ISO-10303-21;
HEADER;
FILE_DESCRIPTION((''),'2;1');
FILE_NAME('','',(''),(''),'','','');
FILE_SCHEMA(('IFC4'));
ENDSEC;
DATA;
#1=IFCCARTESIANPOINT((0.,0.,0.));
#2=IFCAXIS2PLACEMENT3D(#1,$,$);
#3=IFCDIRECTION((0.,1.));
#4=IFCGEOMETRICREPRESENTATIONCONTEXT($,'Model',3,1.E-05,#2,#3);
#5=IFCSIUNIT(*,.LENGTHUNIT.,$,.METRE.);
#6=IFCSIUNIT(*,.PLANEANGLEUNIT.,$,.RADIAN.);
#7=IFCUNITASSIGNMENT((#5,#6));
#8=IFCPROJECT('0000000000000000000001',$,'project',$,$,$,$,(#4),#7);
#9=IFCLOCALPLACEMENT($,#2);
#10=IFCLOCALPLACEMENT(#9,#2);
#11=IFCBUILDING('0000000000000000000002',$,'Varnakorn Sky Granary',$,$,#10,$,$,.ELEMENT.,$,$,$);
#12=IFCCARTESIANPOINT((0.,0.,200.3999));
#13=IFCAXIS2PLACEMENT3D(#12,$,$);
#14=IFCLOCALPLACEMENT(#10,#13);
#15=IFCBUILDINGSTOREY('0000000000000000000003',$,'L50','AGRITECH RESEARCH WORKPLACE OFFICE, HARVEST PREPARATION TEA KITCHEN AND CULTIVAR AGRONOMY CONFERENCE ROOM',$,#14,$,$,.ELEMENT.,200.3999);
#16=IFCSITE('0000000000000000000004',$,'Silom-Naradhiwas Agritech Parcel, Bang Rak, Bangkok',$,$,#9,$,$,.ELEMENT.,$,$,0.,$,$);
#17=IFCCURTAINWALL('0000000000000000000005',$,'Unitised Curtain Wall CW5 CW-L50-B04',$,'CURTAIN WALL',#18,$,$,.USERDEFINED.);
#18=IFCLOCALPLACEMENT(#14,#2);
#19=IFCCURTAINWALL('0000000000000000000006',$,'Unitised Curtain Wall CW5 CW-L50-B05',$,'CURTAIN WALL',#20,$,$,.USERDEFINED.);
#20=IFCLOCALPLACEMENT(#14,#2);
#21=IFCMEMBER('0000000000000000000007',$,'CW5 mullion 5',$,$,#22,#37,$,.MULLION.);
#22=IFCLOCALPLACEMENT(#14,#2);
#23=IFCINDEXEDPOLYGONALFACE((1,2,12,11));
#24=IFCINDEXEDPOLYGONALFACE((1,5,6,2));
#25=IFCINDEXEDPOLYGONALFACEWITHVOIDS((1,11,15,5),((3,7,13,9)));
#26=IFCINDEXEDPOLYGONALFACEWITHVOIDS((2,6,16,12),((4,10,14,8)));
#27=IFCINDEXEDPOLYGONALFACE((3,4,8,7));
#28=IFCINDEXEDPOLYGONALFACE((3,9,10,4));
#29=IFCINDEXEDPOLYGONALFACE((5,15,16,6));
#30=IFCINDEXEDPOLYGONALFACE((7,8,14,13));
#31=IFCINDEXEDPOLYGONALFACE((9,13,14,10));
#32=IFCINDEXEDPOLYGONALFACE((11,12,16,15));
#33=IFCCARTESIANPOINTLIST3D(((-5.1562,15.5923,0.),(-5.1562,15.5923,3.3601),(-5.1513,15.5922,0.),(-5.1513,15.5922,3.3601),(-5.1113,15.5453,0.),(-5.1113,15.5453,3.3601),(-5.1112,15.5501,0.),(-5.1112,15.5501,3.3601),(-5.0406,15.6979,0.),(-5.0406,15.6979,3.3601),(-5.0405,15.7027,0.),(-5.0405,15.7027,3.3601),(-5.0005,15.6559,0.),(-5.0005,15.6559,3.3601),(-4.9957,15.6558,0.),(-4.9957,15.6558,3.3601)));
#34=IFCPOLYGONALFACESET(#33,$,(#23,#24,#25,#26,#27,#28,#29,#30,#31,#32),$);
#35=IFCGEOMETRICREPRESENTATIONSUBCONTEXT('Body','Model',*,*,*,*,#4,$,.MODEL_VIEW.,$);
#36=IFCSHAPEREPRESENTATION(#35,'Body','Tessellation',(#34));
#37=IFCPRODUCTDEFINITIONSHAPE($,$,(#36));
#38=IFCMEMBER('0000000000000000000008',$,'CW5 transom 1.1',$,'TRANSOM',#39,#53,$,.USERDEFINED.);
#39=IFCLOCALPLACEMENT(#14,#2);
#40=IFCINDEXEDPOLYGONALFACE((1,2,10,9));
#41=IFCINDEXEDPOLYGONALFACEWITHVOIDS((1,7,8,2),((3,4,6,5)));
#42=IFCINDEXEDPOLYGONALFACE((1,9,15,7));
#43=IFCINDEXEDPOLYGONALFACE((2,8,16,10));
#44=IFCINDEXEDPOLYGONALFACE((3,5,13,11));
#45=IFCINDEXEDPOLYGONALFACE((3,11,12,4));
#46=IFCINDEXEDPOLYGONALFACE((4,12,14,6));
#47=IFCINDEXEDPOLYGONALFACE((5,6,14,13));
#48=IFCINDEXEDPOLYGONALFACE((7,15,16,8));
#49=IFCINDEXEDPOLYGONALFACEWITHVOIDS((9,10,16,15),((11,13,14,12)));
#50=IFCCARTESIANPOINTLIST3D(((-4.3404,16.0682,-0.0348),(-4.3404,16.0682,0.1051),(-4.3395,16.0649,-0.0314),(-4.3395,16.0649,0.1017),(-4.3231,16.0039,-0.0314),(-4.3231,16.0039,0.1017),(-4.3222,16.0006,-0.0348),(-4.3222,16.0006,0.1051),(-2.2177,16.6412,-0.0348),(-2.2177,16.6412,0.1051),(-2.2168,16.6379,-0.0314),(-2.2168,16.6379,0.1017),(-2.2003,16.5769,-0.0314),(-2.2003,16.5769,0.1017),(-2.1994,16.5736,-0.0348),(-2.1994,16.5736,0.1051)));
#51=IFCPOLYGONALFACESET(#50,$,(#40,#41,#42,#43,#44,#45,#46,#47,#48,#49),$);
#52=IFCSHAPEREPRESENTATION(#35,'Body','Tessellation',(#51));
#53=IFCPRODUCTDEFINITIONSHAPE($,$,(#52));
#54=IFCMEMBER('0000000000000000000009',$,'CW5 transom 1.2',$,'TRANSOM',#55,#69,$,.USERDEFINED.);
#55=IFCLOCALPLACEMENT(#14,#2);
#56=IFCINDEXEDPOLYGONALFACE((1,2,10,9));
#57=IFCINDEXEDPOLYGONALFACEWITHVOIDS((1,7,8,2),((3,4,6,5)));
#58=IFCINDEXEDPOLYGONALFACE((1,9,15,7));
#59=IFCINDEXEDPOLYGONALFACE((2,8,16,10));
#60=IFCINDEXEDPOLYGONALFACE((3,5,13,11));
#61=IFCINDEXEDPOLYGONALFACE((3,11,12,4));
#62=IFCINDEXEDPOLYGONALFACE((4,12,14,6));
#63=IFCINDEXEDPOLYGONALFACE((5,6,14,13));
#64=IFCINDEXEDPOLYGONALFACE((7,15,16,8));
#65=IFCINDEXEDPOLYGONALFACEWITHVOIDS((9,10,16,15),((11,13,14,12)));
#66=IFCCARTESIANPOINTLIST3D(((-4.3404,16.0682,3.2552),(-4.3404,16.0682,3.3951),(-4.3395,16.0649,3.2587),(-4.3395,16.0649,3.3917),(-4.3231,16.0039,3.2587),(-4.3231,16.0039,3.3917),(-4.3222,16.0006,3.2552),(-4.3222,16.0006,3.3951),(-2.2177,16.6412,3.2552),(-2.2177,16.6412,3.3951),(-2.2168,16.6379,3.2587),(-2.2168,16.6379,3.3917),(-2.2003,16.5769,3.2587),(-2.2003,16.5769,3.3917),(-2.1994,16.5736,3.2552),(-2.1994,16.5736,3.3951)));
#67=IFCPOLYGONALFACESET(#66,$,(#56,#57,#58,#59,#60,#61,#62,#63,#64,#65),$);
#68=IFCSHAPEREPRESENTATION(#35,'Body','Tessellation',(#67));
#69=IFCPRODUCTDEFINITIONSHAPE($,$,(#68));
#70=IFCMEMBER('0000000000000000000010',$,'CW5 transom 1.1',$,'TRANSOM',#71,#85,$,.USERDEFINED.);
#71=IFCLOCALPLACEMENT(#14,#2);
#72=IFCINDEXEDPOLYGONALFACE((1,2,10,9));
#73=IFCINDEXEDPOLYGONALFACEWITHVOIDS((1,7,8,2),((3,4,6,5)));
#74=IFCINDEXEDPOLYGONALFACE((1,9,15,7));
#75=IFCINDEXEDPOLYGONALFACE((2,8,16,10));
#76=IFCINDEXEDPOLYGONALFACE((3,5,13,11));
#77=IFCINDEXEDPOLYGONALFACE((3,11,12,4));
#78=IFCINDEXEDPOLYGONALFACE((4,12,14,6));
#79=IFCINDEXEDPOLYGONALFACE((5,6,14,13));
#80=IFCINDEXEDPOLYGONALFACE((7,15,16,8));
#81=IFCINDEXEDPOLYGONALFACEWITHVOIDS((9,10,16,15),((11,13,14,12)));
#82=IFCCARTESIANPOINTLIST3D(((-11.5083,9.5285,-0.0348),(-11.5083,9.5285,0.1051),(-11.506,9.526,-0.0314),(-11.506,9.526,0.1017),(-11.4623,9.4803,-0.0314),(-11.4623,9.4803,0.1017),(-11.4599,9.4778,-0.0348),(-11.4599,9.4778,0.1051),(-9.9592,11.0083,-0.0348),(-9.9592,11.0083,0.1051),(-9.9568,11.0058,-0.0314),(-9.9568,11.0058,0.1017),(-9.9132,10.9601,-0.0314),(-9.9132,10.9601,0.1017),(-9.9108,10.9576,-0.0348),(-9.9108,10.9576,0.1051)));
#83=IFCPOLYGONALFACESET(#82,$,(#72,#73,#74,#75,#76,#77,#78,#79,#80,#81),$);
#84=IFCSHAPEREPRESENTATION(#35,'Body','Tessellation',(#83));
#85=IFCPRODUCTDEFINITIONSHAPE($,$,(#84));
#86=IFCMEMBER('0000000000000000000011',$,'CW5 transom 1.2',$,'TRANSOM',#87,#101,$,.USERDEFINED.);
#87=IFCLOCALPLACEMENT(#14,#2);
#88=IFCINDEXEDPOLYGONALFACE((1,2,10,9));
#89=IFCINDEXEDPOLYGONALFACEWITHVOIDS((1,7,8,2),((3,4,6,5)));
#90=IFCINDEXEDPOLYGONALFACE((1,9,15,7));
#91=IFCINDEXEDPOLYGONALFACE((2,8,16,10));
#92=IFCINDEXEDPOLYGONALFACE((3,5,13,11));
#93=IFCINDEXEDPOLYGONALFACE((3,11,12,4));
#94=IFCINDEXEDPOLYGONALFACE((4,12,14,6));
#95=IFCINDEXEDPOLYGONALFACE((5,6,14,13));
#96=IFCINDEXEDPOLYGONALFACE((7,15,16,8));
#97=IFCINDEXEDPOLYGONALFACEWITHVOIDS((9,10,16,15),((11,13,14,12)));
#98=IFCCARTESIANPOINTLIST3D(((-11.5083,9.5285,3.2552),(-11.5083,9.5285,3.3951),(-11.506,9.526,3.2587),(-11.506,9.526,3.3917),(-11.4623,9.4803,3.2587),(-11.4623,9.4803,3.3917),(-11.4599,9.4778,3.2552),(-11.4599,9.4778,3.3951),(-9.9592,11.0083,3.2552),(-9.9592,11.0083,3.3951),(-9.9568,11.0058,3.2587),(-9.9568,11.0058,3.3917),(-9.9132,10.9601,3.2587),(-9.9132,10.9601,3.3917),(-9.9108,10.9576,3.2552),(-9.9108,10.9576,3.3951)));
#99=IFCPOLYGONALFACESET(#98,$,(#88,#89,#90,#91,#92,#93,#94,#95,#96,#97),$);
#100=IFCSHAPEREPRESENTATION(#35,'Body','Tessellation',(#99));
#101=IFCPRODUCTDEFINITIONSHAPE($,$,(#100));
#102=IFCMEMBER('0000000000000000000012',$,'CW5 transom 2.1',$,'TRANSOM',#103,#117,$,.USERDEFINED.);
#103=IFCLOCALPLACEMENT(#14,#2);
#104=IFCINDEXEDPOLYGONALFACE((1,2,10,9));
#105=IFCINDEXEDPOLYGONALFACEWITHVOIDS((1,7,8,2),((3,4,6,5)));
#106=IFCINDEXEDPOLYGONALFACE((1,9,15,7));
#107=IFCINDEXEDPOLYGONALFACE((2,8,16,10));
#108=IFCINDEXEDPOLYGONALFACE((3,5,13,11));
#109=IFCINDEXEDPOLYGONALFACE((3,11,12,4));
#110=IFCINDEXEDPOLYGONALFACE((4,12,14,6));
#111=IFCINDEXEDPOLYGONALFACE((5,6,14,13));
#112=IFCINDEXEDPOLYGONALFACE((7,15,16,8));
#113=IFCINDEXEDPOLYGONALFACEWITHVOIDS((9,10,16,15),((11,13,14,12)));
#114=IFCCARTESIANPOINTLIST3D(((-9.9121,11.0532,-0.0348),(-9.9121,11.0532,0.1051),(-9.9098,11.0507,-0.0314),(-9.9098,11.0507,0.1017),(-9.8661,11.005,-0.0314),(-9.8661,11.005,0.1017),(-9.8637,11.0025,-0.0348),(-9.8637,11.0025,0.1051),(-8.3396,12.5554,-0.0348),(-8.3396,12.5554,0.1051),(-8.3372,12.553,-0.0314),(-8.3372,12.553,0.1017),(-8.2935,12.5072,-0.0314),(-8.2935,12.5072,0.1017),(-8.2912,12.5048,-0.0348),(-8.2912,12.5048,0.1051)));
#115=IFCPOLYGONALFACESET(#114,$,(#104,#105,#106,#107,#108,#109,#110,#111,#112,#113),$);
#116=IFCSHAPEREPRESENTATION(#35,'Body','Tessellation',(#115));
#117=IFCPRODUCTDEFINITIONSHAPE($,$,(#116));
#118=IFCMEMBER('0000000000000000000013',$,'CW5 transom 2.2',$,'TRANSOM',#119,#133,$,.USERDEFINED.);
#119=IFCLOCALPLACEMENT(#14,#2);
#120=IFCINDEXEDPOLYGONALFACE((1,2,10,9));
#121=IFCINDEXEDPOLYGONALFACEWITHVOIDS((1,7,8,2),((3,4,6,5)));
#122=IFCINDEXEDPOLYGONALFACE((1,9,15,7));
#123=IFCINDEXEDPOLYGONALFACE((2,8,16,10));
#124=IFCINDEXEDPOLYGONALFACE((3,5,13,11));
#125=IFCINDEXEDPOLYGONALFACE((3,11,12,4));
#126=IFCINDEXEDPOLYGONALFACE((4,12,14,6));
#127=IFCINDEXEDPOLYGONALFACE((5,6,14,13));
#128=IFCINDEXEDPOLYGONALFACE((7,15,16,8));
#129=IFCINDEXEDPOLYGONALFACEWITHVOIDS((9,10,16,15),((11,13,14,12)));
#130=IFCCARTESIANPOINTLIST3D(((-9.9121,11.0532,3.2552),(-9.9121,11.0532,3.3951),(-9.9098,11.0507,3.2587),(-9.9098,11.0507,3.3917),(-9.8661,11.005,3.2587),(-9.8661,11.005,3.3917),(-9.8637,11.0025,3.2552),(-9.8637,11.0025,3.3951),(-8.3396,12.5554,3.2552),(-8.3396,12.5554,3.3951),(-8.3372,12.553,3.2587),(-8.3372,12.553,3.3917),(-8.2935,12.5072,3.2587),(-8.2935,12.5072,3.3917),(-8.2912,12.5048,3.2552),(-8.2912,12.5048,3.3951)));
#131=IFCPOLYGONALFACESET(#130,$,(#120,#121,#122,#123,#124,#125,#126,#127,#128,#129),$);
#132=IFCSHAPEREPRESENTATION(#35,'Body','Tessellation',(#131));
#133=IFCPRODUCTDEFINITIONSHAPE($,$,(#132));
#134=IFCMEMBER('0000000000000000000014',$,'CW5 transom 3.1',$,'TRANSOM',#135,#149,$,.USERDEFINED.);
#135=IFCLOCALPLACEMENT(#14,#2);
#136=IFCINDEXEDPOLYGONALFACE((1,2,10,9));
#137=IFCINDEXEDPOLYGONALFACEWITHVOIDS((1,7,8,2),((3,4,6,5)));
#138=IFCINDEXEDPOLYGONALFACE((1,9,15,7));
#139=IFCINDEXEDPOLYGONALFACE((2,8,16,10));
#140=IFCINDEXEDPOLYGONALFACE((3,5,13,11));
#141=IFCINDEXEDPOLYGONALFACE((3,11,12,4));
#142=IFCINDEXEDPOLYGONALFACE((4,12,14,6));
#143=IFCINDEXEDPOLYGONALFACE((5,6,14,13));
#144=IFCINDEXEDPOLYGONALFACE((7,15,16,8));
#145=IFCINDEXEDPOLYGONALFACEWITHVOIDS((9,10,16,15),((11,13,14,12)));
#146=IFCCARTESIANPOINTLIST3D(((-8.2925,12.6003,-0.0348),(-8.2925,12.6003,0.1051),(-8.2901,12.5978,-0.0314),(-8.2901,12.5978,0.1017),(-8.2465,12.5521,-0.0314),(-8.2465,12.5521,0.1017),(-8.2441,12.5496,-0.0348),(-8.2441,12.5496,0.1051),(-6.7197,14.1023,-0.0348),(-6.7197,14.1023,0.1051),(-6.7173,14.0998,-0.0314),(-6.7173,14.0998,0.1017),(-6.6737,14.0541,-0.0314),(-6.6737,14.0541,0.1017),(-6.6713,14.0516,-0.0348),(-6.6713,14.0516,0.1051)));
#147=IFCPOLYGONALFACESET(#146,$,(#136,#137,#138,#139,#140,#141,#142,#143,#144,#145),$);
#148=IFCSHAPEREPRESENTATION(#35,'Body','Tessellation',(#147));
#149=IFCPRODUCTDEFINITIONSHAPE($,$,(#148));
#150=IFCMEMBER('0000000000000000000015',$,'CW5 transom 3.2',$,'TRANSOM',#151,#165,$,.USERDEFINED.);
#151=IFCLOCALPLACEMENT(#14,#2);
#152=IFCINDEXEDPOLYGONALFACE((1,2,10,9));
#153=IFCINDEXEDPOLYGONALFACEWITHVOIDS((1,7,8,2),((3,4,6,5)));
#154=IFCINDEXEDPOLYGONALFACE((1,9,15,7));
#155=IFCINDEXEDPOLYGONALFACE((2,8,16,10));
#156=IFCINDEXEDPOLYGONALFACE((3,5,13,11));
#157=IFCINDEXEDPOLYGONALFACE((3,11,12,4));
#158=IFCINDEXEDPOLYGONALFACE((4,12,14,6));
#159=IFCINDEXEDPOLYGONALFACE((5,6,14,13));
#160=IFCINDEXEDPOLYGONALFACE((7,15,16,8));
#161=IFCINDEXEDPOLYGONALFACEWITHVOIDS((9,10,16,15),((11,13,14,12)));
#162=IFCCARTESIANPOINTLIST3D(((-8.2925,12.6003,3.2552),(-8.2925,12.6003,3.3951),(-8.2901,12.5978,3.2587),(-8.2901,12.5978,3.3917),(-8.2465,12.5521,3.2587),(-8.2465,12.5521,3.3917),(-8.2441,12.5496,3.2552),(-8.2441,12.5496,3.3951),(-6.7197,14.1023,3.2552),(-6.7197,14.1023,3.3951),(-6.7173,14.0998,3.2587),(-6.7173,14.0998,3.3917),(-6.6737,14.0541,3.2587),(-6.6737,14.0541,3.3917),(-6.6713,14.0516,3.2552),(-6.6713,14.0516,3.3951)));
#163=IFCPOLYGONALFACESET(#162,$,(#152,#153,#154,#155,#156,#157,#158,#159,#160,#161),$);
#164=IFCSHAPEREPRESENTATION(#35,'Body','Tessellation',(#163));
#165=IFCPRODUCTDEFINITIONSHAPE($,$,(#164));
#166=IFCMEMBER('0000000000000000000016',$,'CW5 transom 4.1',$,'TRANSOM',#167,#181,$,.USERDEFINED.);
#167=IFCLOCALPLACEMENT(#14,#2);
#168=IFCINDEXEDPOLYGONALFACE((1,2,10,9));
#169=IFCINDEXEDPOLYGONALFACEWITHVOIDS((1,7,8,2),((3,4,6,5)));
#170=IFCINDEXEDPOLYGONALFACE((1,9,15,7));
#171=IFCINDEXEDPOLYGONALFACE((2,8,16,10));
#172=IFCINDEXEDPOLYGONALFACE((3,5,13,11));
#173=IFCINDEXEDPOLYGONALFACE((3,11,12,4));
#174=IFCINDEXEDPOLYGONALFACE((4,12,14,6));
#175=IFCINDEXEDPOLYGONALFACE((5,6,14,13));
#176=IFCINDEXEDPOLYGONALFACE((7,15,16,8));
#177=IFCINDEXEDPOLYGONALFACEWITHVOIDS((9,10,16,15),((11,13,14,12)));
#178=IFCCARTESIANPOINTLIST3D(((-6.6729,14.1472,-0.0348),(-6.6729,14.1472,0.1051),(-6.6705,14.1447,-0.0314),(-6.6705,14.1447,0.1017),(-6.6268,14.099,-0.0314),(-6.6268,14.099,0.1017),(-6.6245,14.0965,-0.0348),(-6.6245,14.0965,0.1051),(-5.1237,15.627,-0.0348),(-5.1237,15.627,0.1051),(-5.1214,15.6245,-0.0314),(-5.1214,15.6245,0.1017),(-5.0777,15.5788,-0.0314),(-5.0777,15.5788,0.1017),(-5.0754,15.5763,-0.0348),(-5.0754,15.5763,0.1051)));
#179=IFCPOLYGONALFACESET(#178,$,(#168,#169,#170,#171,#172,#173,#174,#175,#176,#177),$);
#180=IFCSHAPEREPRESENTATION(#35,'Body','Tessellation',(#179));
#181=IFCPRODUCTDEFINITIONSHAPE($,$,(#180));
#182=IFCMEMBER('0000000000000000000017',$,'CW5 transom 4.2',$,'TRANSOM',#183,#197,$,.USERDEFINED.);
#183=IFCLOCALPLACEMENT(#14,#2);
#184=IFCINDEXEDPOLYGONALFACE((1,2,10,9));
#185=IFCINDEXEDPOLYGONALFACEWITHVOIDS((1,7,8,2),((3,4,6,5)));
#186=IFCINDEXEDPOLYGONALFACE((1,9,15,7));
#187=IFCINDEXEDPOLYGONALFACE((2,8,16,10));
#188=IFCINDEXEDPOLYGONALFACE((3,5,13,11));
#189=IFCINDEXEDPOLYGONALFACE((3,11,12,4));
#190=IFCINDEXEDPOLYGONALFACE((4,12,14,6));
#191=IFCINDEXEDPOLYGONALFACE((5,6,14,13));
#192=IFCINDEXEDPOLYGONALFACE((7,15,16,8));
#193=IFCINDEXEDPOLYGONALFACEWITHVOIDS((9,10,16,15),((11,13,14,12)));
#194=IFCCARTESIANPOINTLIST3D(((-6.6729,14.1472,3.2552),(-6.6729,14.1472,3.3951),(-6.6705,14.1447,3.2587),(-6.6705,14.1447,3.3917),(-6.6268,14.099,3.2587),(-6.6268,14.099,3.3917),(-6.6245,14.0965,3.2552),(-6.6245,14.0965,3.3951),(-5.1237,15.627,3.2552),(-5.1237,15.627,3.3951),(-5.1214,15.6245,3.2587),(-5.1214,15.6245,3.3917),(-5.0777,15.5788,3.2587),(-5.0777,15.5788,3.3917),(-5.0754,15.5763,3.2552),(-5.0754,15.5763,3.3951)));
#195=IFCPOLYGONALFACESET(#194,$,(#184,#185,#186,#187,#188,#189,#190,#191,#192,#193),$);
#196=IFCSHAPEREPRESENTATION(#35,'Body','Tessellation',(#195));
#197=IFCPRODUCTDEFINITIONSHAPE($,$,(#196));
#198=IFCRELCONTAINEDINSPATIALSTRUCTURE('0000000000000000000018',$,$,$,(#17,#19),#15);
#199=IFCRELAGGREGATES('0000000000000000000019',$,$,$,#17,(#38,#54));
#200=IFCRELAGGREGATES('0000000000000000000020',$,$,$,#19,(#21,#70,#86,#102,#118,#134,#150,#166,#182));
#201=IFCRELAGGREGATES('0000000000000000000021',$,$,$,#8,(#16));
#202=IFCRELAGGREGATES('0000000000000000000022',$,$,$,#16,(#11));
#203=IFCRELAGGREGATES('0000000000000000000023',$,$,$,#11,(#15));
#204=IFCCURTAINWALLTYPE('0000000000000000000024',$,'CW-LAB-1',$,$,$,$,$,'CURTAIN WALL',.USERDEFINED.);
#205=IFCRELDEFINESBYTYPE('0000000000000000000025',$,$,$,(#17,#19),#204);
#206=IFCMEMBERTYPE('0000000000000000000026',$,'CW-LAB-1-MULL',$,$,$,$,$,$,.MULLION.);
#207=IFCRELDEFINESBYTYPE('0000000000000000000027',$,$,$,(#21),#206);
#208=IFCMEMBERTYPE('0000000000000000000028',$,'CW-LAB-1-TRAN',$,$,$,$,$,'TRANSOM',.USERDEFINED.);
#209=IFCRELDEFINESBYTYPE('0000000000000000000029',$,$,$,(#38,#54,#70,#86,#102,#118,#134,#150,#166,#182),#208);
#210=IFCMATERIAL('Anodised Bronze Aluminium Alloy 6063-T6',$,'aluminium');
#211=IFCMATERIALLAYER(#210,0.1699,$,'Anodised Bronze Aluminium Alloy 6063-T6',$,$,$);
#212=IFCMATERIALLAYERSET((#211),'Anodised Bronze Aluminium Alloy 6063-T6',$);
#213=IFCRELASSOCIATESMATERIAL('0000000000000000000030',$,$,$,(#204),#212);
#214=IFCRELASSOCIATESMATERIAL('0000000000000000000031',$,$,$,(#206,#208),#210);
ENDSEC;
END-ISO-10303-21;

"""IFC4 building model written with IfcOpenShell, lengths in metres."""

from ifc_helpers import new_model, si_unit, direction, frame, origin, origin_2d, place, context, subcontext, project, spatial, hollow_rectangle, extrude, material, layer, layer_set, material_profile, profile_set, type_object, element, aggregate, save


model = new_model("IFC4")

# Units and contexts
model_context = context("Model", 3, precision=1e-05, world=origin(), true_north=direction((0.0, 1.0)))
body_context = subcontext(model_context, "Body", "Model", "MODEL_VIEW")
ifc_project = project(units=[si_unit("LENGTHUNIT", "METRE"), si_unit("PLANEANGLEUNIT", "RADIAN")], contexts=[model_context])

# Site, building, storey
site_placement = place(None, origin())
site = spatial("IfcSite", under=ifc_project, at=site_placement, Name="Silom-Naradhiwas Agritech Parcel, Bang Rak, Bangkok", CompositionType="ELEMENT", RefElevation=0.0)
building_placement = place(site_placement, origin())
building = spatial("IfcBuilding", under=site, at=building_placement, Name="Varnakorn Sky Granary", CompositionType="ELEMENT")
storey_placement = place(building_placement, frame((0.0, 0.0, 200.3999)))
storey = spatial("IfcBuildingStorey", under=building, at=storey_placement, Name="L50", Description="AGRITECH RESEARCH WORKPLACE OFFICE, HARVEST PREPARATION TEA KITCHEN AND CULTIVAR AGRONOMY CONFERENCE ROOM", CompositionType="ELEMENT", Elevation=200.3999)

# Curtain wall
ifc_material_1 = material(Name="Anodised Bronze Aluminium Alloy 6063-T6", Category="aluminium")
ifc_layer_1 = layer(ifc_material_1, 0.1699, Name="Anodised Bronze Aluminium Alloy 6063-T6")
ifc_layer_set_1 = layer_set([ifc_layer_1], Name="Anodised Bronze Aluminium Alloy 6063-T6")
curtain_wall_type = type_object("IfcCurtainWallType", Name="CW-LAB-1", ElementType="CURTAIN WALL", PredefinedType="USERDEFINED", material=ifc_layer_set_1)
curtain_wall_1_placement = place(storey_placement, origin())
curtain_wall_1 = element("IfcCurtainWall", 1, at=curtain_wall_1_placement, inside=storey, type_object=curtain_wall_type, Name="Unitised Curtain Wall CW5 CW-L50-B04", ObjectType="CURTAIN WALL", PredefinedType="USERDEFINED")
ifc_material_profile_1 = material_profile(ifc_material_1, hollow_rectangle(XDim=0.0649, YDim=0.1599, WallThickness=0.0034, at=origin_2d()), Name="ALU MULL 65x160")
ifc_profile_set_1 = profile_set([ifc_material_profile_1], Name="Anodised Bronze Aluminium Alloy 6063-T6")
member_type_1 = type_object("IfcMemberType", Name="CW-LAB-1-MULL", PredefinedType="MULLION", material=ifc_profile_set_1)

# Curtain wall, member
curtain_wall_2_placement = place(storey_placement, origin())
curtain_wall_2 = element("IfcCurtainWall", 2, at=curtain_wall_2_placement, inside=storey, type_object=curtain_wall_type, Name="Unitised Curtain Wall CW5 CW-L50-B05", ObjectType="CURTAIN WALL", PredefinedType="USERDEFINED")
member_1_placement = place(storey_placement, frame((-5.0759, 15.624, 0.0), z_axis=(0.0, 0.0, 1.0), x_axis=(-0.690697, 0.723144, 0.0)))
member_1 = element("IfcMember", 3, at=member_1_placement, type_object=member_type_1, Name="CW5 mullion 5", PredefinedType="MULLION", context=body_context, shape_type="SweptSolid", body=[
    extrude(hollow_rectangle(XDim=0.0649, YDim=0.1599, WallThickness=0.0034, at=origin_2d()), origin(), (0.0, 0.0, 1.0), 3.3601),
])

# Members
ifc_material_profile_2 = material_profile(ifc_material_1, hollow_rectangle(XDim=0.0701, YDim=0.1399, WallThickness=0.0034, at=origin_2d()), Name="ALU TRAN 70x140")
ifc_profile_set_2 = profile_set([ifc_material_profile_2], Name="Anodised Bronze Aluminium Alloy 6063-T6")
member_type_2 = type_object("IfcMemberType", Name="CW-LAB-1-TRAN", ElementType="TRANSOM", PredefinedType="USERDEFINED", material=ifc_profile_set_2)
member_2_placement = place(storey_placement, frame((-4.3313, 16.0344, 0.0352), z_axis=(0.965447, 0.260599, 0.0), x_axis=(-0.260599, 0.965447, 0.0)))
member_2 = element("IfcMember", 4, at=member_2_placement, type_object=member_type_2, Name="CW5 transom 1.1", ObjectType="TRANSOM", PredefinedType="USERDEFINED", context=body_context, shape_type="SweptSolid", body=[
    extrude(hollow_rectangle(XDim=0.0701, YDim=0.1399, WallThickness=0.0034, at=origin_2d()), origin(), (0.0, 0.0, 1.0), 2.1987),
])
member_3_placement = place(storey_placement, frame((-4.3313, 16.0344, 3.3252), z_axis=(0.965447, 0.260599, 0.0), x_axis=(-0.260599, 0.965447, 0.0)))
member_3 = element("IfcMember", 5, at=member_3_placement, type_object=member_type_2, Name="CW5 transom 1.2", ObjectType="TRANSOM", PredefinedType="USERDEFINED", context=body_context, shape_type="SweptSolid", body=[
    extrude(hollow_rectangle(XDim=0.0701, YDim=0.1399, WallThickness=0.0034, at=origin_2d()), origin(), (0.0, 0.0, 1.0), 2.1987),
])
aggregate(curtain_wall_1, [member_2, member_3])
member_4_placement = place(storey_placement, frame((-11.4841, 9.5032, 0.0352), z_axis=(0.723105, 0.690739, 0.0), x_axis=(-0.690739, 0.723105, 0.0)))
member_4 = element("IfcMember", 6, at=member_4_placement, type_object=member_type_2, Name="CW5 transom 1.1", ObjectType="TRANSOM", PredefinedType="USERDEFINED", context=body_context, shape_type="SweptSolid", body=[
    extrude(hollow_rectangle(XDim=0.0701, YDim=0.1399, WallThickness=0.0034, at=origin_2d()), origin(), (0.0, 0.0, 1.0), 2.1423),
])
member_5_placement = place(storey_placement, frame((-11.4841, 9.5032, 3.3252), z_axis=(0.723105, 0.690739, 0.0), x_axis=(-0.690739, 0.723105, 0.0)))
member_5 = element("IfcMember", 7, at=member_5_placement, type_object=member_type_2, Name="CW5 transom 1.2", ObjectType="TRANSOM", PredefinedType="USERDEFINED", context=body_context, shape_type="SweptSolid", body=[
    extrude(hollow_rectangle(XDim=0.0701, YDim=0.1399, WallThickness=0.0034, at=origin_2d()), origin(), (0.0, 0.0, 1.0), 2.1423),
])
member_6_placement = place(storey_placement, frame((-9.8879, 11.0278, 0.0352), z_axis=(0.723088, 0.690756, 0.0), x_axis=(-0.690756, 0.723088, 0.0)))
member_6 = element("IfcMember", 8, at=member_6_placement, type_object=member_type_2, Name="CW5 transom 2.1", ObjectType="TRANSOM", PredefinedType="USERDEFINED", context=body_context, shape_type="SweptSolid", body=[
    extrude(hollow_rectangle(XDim=0.0701, YDim=0.1399, WallThickness=0.0034, at=origin_2d()), origin(), (0.0, 0.0, 1.0), 2.1748),
])
member_7_placement = place(storey_placement, frame((-9.8879, 11.0278, 3.3252), z_axis=(0.723088, 0.690756, 0.0), x_axis=(-0.690756, 0.723088, 0.0)))
member_7 = element("IfcMember", 9, at=member_7_placement, type_object=member_type_2, Name="CW5 transom 2.2", ObjectType="TRANSOM", PredefinedType="USERDEFINED", context=body_context, shape_type="SweptSolid", body=[
    extrude(hollow_rectangle(XDim=0.0701, YDim=0.1399, WallThickness=0.0034, at=origin_2d()), origin(), (0.0, 0.0, 1.0), 2.1748),
])
member_8_placement = place(storey_placement, frame((-8.2683, 12.575, 0.0352), z_axis=(0.723198, 0.690641, 0.0), x_axis=(-0.690641, 0.723198, 0.0)))
member_8 = element("IfcMember", 10, at=member_8_placement, type_object=member_type_2, Name="CW5 transom 3.1", ObjectType="TRANSOM", PredefinedType="USERDEFINED", context=body_context, shape_type="SweptSolid", body=[
    extrude(hollow_rectangle(XDim=0.0701, YDim=0.1399, WallThickness=0.0034, at=origin_2d()), origin(), (0.0, 0.0, 1.0), 2.1748),
])
member_9_placement = place(storey_placement, frame((-8.2683, 12.575, 3.3252), z_axis=(0.723198, 0.690641, 0.0), x_axis=(-0.690641, 0.723198, 0.0)))
member_9 = element("IfcMember", 11, at=member_9_placement, type_object=member_type_2, Name="CW5 transom 3.2", ObjectType="TRANSOM", PredefinedType="USERDEFINED", context=body_context, shape_type="SweptSolid", body=[
    extrude(hollow_rectangle(XDim=0.0701, YDim=0.1399, WallThickness=0.0034, at=origin_2d()), origin(), (0.0, 0.0, 1.0), 2.1748),
])
member_10_placement = place(storey_placement, frame((-6.6487, 14.1218, 0.0352), z_axis=(0.723105, 0.690739, 0.0), x_axis=(-0.690739, 0.723105, 0.0)))
member_10 = element("IfcMember", 12, at=member_10_placement, type_object=member_type_2, Name="CW5 transom 4.1", ObjectType="TRANSOM", PredefinedType="USERDEFINED", context=body_context, shape_type="SweptSolid", body=[
    extrude(hollow_rectangle(XDim=0.0701, YDim=0.1399, WallThickness=0.0034, at=origin_2d()), origin(), (0.0, 0.0, 1.0), 2.1423),
])
member_11_placement = place(storey_placement, frame((-6.6487, 14.1218, 3.3252), z_axis=(0.723105, 0.690739, 0.0), x_axis=(-0.690739, 0.723105, 0.0)))
member_11 = element("IfcMember", 13, at=member_11_placement, type_object=member_type_2, Name="CW5 transom 4.2", ObjectType="TRANSOM", PredefinedType="USERDEFINED", context=body_context, shape_type="SweptSolid", body=[
    extrude(hollow_rectangle(XDim=0.0701, YDim=0.1399, WallThickness=0.0034, at=origin_2d()), origin(), (0.0, 0.0, 1.0), 2.1423),
])

aggregate(curtain_wall_2, [member_1, member_4, member_5, member_6, member_7, member_8, member_9, member_10, member_11])

save(model, "model.ifc")
